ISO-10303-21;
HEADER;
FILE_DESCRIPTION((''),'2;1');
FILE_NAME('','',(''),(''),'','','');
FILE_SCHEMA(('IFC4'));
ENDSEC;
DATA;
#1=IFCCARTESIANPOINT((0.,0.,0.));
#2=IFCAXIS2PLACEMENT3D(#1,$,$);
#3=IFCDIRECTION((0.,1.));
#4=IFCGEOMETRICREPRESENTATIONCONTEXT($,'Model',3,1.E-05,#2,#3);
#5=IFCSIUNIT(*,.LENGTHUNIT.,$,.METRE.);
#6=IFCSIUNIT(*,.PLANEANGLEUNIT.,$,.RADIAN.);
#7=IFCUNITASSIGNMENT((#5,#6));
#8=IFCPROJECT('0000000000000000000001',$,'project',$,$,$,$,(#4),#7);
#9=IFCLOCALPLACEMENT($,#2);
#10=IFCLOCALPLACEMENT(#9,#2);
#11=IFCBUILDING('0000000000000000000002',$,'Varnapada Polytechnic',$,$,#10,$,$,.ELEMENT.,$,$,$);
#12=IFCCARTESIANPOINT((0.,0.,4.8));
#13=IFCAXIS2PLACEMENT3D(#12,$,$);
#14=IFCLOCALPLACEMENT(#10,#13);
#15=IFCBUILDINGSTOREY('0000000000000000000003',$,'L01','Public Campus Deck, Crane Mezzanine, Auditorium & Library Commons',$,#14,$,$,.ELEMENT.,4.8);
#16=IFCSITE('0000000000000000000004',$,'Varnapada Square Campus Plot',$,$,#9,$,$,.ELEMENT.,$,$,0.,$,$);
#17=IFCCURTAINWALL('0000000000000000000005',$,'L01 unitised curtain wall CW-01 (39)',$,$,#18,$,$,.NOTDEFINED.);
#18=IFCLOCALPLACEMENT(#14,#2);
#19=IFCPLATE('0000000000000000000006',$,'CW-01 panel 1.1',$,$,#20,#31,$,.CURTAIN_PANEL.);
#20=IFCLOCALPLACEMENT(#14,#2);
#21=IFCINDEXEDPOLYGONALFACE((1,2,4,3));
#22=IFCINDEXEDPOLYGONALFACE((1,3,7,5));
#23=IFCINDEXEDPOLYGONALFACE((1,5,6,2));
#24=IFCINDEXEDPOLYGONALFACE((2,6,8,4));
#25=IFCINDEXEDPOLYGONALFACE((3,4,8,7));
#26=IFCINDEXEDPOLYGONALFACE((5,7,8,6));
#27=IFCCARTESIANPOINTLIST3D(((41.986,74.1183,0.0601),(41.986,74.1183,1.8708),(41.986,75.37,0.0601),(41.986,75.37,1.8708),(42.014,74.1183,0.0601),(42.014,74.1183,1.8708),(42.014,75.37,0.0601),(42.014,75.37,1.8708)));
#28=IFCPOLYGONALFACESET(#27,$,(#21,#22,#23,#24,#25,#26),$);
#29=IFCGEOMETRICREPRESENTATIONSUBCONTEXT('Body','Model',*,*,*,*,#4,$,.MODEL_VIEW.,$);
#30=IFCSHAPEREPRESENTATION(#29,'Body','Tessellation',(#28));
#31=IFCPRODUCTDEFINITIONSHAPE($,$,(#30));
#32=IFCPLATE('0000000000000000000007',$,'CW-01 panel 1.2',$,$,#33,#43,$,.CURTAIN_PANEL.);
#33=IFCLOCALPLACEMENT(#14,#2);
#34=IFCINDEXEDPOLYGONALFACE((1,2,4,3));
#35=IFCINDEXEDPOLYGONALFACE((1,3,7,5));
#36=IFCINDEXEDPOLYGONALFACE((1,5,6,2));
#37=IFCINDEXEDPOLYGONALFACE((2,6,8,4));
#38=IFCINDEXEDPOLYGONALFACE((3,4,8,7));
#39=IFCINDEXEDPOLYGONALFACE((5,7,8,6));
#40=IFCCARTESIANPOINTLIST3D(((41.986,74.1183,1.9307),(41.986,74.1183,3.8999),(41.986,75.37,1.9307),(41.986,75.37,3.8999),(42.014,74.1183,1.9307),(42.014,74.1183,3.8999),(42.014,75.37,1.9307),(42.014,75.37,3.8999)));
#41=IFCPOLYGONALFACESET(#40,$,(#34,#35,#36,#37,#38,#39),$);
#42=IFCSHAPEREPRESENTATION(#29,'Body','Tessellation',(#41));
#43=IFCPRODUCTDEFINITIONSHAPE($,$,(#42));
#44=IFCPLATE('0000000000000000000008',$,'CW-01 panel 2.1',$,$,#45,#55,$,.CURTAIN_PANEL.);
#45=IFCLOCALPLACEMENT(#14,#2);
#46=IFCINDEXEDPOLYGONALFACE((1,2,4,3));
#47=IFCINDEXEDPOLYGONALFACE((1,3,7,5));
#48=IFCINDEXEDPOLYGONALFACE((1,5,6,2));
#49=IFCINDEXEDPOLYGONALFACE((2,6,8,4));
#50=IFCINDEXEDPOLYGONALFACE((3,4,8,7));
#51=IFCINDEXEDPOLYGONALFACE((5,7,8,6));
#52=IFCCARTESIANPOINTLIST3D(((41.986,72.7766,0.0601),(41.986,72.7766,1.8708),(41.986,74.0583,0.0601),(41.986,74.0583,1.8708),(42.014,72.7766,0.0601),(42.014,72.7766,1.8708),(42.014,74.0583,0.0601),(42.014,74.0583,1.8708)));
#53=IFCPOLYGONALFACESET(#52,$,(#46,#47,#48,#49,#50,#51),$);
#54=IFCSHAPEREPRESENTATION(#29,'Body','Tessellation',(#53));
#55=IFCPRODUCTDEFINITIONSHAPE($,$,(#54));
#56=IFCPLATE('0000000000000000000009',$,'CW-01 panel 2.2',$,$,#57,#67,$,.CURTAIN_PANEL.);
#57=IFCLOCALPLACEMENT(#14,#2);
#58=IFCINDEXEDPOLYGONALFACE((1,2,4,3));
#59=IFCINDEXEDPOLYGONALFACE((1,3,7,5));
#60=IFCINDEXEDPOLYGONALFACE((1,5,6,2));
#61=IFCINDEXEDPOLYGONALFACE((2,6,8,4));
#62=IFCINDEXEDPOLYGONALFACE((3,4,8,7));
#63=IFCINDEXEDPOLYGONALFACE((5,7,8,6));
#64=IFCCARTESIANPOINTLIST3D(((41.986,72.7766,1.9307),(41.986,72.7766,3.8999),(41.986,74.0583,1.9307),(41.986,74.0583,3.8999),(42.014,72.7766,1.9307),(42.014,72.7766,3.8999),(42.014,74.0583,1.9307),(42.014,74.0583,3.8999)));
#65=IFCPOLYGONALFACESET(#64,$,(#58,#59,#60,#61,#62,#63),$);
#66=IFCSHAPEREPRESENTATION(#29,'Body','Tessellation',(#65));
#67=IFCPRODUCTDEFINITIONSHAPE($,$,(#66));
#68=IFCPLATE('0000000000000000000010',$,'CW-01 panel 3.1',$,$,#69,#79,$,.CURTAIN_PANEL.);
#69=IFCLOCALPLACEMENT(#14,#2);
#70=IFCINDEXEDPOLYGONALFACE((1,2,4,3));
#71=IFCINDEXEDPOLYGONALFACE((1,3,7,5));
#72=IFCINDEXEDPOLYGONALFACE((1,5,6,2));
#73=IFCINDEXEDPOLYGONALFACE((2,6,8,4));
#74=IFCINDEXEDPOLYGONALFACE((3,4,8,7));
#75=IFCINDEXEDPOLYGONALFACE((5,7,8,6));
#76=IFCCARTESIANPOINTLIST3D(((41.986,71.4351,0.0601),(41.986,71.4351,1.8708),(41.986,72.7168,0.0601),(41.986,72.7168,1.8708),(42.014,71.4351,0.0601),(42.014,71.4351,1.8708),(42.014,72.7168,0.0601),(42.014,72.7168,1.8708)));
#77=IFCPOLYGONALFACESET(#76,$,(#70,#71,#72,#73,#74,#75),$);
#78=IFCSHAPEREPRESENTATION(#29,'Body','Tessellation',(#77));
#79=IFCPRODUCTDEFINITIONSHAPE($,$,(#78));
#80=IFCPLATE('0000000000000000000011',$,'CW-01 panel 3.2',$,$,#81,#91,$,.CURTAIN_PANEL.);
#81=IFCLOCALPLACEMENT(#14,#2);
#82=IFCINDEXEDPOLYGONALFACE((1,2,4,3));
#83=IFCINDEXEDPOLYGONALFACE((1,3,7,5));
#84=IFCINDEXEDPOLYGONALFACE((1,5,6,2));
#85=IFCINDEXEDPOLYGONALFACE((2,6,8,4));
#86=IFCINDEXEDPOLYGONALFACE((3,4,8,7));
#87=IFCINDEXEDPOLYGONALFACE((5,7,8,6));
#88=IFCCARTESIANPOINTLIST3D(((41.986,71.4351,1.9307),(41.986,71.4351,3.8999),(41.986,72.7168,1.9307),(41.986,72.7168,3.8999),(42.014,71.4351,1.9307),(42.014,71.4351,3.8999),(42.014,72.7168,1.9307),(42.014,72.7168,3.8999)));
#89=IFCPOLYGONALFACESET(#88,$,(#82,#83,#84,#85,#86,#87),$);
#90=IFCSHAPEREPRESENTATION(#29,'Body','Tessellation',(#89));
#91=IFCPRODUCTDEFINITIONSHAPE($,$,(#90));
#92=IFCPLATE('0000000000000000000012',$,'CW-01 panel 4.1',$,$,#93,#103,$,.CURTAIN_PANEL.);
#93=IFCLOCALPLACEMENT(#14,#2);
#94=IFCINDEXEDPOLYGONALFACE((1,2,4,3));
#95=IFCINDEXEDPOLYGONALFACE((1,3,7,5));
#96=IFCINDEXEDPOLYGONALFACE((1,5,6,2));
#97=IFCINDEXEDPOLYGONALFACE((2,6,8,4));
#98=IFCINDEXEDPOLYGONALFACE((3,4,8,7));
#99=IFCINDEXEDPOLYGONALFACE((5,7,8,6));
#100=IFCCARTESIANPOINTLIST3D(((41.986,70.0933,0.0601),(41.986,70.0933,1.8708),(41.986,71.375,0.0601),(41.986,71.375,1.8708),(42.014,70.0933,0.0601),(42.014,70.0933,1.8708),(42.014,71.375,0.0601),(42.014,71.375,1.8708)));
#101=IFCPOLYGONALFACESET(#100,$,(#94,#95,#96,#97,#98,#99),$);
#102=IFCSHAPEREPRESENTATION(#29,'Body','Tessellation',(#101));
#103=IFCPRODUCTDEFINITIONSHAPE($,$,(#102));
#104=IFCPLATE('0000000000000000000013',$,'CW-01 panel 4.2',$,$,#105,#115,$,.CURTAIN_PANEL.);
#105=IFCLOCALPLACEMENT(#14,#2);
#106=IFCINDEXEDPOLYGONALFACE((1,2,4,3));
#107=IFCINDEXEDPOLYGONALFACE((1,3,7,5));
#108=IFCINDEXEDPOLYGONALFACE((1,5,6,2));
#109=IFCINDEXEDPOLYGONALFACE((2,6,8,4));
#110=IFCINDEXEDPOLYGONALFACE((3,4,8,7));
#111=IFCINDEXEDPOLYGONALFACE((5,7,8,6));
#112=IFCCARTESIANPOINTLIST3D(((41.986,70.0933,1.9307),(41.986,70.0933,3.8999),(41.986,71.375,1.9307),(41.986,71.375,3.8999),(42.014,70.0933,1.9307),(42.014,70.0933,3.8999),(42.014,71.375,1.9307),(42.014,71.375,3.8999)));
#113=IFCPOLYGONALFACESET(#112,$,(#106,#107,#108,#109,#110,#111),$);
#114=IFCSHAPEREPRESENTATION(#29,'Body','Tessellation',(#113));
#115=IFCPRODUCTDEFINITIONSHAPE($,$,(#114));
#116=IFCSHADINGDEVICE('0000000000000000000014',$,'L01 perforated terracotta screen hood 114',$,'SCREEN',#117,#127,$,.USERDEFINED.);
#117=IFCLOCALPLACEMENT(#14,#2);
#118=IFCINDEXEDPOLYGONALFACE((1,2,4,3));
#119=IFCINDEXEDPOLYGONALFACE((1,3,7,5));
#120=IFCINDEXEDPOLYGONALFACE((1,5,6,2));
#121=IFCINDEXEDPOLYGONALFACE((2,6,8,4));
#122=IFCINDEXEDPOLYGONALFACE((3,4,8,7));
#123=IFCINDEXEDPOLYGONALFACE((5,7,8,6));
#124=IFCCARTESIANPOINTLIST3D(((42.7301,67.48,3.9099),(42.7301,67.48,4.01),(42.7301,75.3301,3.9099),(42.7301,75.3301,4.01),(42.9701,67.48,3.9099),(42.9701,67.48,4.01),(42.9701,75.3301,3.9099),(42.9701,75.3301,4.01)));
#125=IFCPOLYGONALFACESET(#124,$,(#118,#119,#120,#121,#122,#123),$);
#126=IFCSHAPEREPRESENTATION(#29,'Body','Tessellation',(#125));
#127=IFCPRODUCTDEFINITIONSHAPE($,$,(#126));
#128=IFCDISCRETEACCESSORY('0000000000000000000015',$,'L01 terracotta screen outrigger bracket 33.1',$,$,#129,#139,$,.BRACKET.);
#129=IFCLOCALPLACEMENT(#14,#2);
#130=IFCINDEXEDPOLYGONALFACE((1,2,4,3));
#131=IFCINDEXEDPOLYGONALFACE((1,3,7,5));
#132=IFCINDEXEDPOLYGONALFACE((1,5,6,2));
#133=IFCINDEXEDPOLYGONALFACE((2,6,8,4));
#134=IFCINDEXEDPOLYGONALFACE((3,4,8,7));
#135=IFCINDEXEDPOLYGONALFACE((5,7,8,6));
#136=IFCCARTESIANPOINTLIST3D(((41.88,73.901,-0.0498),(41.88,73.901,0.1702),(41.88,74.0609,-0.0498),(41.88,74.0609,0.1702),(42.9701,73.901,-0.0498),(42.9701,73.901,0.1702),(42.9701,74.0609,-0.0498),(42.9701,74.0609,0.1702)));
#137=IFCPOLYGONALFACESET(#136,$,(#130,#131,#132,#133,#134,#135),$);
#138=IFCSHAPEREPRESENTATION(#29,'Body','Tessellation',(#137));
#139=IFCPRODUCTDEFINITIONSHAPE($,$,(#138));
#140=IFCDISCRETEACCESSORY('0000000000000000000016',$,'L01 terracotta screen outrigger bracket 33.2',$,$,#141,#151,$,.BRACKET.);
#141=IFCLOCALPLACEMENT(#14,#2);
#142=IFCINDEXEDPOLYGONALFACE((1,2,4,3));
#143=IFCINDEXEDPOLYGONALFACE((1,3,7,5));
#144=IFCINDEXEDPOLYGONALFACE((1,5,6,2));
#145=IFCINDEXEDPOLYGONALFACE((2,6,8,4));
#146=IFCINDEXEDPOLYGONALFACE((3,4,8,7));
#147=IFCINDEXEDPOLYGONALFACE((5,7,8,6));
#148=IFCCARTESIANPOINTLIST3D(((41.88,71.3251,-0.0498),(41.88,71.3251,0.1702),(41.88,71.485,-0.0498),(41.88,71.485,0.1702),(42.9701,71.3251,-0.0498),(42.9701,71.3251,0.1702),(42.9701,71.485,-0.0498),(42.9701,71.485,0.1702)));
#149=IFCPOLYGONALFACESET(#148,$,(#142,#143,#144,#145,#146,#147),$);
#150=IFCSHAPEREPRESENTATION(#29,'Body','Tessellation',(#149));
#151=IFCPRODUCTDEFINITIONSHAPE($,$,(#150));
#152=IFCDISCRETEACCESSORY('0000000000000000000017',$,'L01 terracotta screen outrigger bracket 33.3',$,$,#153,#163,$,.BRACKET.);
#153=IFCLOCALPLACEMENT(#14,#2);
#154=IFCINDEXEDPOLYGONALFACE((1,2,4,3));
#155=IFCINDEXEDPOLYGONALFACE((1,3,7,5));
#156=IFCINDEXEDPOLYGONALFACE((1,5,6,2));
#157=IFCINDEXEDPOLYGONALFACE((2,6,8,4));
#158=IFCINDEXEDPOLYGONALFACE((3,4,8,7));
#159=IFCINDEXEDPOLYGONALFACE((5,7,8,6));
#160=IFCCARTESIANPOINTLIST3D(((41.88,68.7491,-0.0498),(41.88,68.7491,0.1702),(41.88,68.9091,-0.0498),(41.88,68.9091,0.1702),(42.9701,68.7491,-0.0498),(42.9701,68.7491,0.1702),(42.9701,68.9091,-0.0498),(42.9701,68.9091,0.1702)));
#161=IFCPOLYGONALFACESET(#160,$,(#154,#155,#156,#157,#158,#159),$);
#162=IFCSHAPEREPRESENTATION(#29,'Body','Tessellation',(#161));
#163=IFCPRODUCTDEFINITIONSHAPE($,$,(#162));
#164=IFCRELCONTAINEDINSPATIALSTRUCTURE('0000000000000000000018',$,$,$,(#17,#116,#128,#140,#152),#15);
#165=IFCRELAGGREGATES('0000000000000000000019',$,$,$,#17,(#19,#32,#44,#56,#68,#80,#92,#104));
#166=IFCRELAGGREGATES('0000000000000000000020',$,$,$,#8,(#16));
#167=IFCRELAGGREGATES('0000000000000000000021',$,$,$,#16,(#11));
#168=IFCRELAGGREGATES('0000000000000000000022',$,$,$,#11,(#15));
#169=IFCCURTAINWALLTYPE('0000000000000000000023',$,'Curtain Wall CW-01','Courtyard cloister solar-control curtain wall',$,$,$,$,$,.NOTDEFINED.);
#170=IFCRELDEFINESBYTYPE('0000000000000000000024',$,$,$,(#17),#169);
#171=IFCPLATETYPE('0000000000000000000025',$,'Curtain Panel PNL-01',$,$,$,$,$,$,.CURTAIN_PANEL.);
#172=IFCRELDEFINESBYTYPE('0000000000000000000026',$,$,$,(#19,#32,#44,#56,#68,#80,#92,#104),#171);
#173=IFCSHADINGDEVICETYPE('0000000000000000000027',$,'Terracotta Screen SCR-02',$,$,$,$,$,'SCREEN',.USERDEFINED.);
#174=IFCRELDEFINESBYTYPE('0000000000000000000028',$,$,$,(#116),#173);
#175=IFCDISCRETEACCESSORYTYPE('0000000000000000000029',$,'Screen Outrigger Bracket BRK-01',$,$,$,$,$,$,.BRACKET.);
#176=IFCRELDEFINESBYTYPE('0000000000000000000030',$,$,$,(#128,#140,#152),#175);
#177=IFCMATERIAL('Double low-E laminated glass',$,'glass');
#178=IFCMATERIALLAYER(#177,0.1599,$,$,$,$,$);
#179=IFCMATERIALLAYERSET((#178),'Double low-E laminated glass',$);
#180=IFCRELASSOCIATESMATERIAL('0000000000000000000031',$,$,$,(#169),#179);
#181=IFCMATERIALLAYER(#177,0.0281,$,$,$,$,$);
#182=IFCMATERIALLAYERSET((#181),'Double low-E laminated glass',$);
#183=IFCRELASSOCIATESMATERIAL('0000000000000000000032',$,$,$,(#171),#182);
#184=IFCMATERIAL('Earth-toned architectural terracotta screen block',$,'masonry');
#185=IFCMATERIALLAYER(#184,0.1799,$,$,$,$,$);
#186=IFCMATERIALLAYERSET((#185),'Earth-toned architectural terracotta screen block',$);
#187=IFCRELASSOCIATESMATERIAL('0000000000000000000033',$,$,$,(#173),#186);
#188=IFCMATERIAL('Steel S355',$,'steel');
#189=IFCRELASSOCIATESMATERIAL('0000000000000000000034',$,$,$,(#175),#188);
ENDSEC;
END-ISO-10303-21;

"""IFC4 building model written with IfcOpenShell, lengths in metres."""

from ifc_helpers import new_model, si_unit, direction, frame, origin, origin_2d, place, context, subcontext, project, spatial, rectangle, extrude, material, layer, layer_set, type_object, element, aggregate, save


model = new_model("IFC4")

# Units and contexts
model_context = context("Model", 3, precision=1e-05, world=origin(), true_north=direction((0.0, 1.0)))
body_context = subcontext(model_context, "Body", "Model", "MODEL_VIEW")
ifc_project = project(units=[si_unit("LENGTHUNIT", "METRE"), si_unit("PLANEANGLEUNIT", "RADIAN")], contexts=[model_context])

# Site, building, storey
site_placement = place(None, origin())
site = spatial("IfcSite", under=ifc_project, at=site_placement, Name="Varnapada Square Campus Plot", CompositionType="ELEMENT", RefElevation=0.0)
building_placement = place(site_placement, origin())
building = spatial("IfcBuilding", under=site, at=building_placement, Name="Varnapada Polytechnic", CompositionType="ELEMENT")
storey_placement = place(building_placement, frame((0.0, 0.0, 4.8)))
storey = spatial("IfcBuildingStorey", under=building, at=storey_placement, Name="L01", Description="Public Campus Deck, Crane Mezzanine, Auditorium & Library Commons", CompositionType="ELEMENT", Elevation=4.8)

# Curtain wall, plates
ifc_material_1 = material(Name="Double low-E laminated glass", Category="glass")
ifc_layer_1 = layer(ifc_material_1, 0.1599)
ifc_layer_set_1 = layer_set([ifc_layer_1], Name="Double low-E laminated glass")
curtain_wall_type = type_object("IfcCurtainWallType", Name="Curtain Wall CW-01", Description="Courtyard cloister solar-control curtain wall", PredefinedType="NOTDEFINED", material=ifc_layer_set_1)
curtain_wall_placement = place(storey_placement, origin())
curtain_wall = element("IfcCurtainWall", 1, at=curtain_wall_placement, inside=storey, type_object=curtain_wall_type, Name="L01 unitised curtain wall CW-01 (39)", PredefinedType="NOTDEFINED")
ifc_layer_2 = layer(ifc_material_1, 0.0281)
ifc_layer_set_2 = layer_set([ifc_layer_2], Name="Double low-E laminated glass")
plate_type = type_object("IfcPlateType", Name="Curtain Panel PNL-01", PredefinedType="CURTAIN_PANEL", material=ifc_layer_set_2)
plate_1_placement = place(storey_placement, frame((42.0, 74.7441, 0.0601), z_axis=(0.0, 0.0, 1.0), x_axis=(0.0, -1.0, 0.0)))
plate_1 = element("IfcPlate", 2, at=plate_1_placement, type_object=plate_type, Name="CW-01 panel 1.1", PredefinedType="CURTAIN_PANEL", context=body_context, shape_type="SweptSolid", body=[
    extrude(rectangle(XDim=1.2517, YDim=0.0281, at=origin_2d()), origin(), (0.0, 0.0, 1.0), 1.8108),
])
plate_2_placement = place(storey_placement, frame((42.0, 74.7441, 1.9307), z_axis=(0.0, 0.0, 1.0), x_axis=(0.0, -1.0, 0.0)))
plate_2 = element("IfcPlate", 3, at=plate_2_placement, type_object=plate_type, Name="CW-01 panel 1.2", PredefinedType="CURTAIN_PANEL", context=body_context, shape_type="SweptSolid", body=[
    extrude(rectangle(XDim=1.2517, YDim=0.0281, at=origin_2d()), origin(), (0.0, 0.0, 1.0), 1.9692),
])
plate_3_placement = place(storey_placement, frame((42.0, 73.4175, 0.0601), z_axis=(0.0, 0.0, 1.0), x_axis=(0.0, -1.0, 0.0)))
plate_3 = element("IfcPlate", 4, at=plate_3_placement, type_object=plate_type, Name="CW-01 panel 2.1", PredefinedType="CURTAIN_PANEL", context=body_context, shape_type="SweptSolid", body=[
    extrude(rectangle(XDim=1.2817, YDim=0.0281, at=origin_2d()), origin(), (0.0, 0.0, 1.0), 1.8108),
])
plate_4_placement = place(storey_placement, frame((42.0, 73.4175, 1.9307), z_axis=(0.0, 0.0, 1.0), x_axis=(0.0, -1.0, 0.0)))
plate_4 = element("IfcPlate", 5, at=plate_4_placement, type_object=plate_type, Name="CW-01 panel 2.2", PredefinedType="CURTAIN_PANEL", context=body_context, shape_type="SweptSolid", body=[
    extrude(rectangle(XDim=1.2817, YDim=0.0281, at=origin_2d()), origin(), (0.0, 0.0, 1.0), 1.9692),
])
plate_5_placement = place(storey_placement, frame((42.0, 72.0759, 0.0601), z_axis=(0.0, 0.0, 1.0), x_axis=(0.0, -1.0, 0.0)))
plate_5 = element("IfcPlate", 6, at=plate_5_placement, type_object=plate_type, Name="CW-01 panel 3.1", PredefinedType="CURTAIN_PANEL", context=body_context, shape_type="SweptSolid", body=[
    extrude(rectangle(XDim=1.2817, YDim=0.0281, at=origin_2d()), origin(), (0.0, 0.0, 1.0), 1.8108),
])
plate_6_placement = place(storey_placement, frame((42.0, 72.0759, 1.9307), z_axis=(0.0, 0.0, 1.0), x_axis=(0.0, -1.0, 0.0)))
plate_6 = element("IfcPlate", 7, at=plate_6_placement, type_object=plate_type, Name="CW-01 panel 3.2", PredefinedType="CURTAIN_PANEL", context=body_context, shape_type="SweptSolid", body=[
    extrude(rectangle(XDim=1.2817, YDim=0.0281, at=origin_2d()), origin(), (0.0, 0.0, 1.0), 1.9692),
])
plate_7_placement = place(storey_placement, frame((42.0, 70.7341, 0.0601), z_axis=(0.0, 0.0, 1.0), x_axis=(0.0, -1.0, 0.0)))
plate_7 = element("IfcPlate", 8, at=plate_7_placement, type_object=plate_type, Name="CW-01 panel 4.1", PredefinedType="CURTAIN_PANEL", context=body_context, shape_type="SweptSolid", body=[
    extrude(rectangle(XDim=1.2817, YDim=0.0281, at=origin_2d()), origin(), (0.0, 0.0, 1.0), 1.8108),
])
plate_8_placement = place(storey_placement, frame((42.0, 70.7341, 1.9307), z_axis=(0.0, 0.0, 1.0), x_axis=(0.0, -1.0, 0.0)))
plate_8 = element("IfcPlate", 9, at=plate_8_placement, type_object=plate_type, Name="CW-01 panel 4.2", PredefinedType="CURTAIN_PANEL", context=body_context, shape_type="SweptSolid", body=[
    extrude(rectangle(XDim=1.2817, YDim=0.0281, at=origin_2d()), origin(), (0.0, 0.0, 1.0), 1.9692),
])
aggregate(curtain_wall, [plate_1, plate_2, plate_3, plate_4, plate_5, plate_6, plate_7, plate_8])

# Shading device
ifc_material_2 = material(Name="Earth-toned architectural terracotta screen block", Category="masonry")
ifc_layer_3 = layer(ifc_material_2, 0.1799)
ifc_layer_set_3 = layer_set([ifc_layer_3], Name="Earth-toned architectural terracotta screen block")
shading_device_type = type_object("IfcShadingDeviceType", Name="Terracotta Screen SCR-02", ElementType="SCREEN", PredefinedType="USERDEFINED", material=ifc_layer_set_3)
shading_device_placement = place(storey_placement, frame((42.8501, 71.405, 3.9099), z_axis=(0.0, 0.0, 1.0), x_axis=(0.0, -1.0, 0.0)))
element("IfcShadingDevice", 10, at=shading_device_placement, inside=storey, type_object=shading_device_type, Name="L01 perforated terracotta screen hood 114", ObjectType="SCREEN", PredefinedType="USERDEFINED", context=body_context, shape_type="SweptSolid", body=[
    extrude(rectangle(XDim=7.8501, YDim=0.24, at=origin_2d()), origin(), (0.0, 0.0, 1.0), 0.1001),
])

# Discrete accessories
ifc_material_3 = material(Name="Steel S355", Category="steel")
discrete_accessory_type = type_object("IfcDiscreteAccessoryType", Name="Screen Outrigger Bracket BRK-01", PredefinedType="BRACKET", material=ifc_material_3)
for number, where, z_axis, x_axis, name in (
    (11, (42.425, 73.981, -0.0498), (0.0, 0.0, 1.0), (0.0, -1.0, 0.0), "L01 terracotta screen outrigger bracket 33.1"),
    (12, (42.425, 71.405, -0.0498), (0.0, 0.0, 1.0), (0.0, -1.0, 0.0), "L01 terracotta screen outrigger bracket 33.2"),
    (13, (42.425, 68.8291, -0.0498), (0.0, 0.0, 1.0), (0.0, -1.0, 0.0), "L01 terracotta screen outrigger bracket 33.3"),
):
    element("IfcDiscreteAccessory", number, at=place(storey_placement, frame(where, z_axis=z_axis, x_axis=x_axis)), inside=storey, type_object=discrete_accessory_type, Name=name, PredefinedType="BRACKET", context=body_context, shape_type="SweptSolid", body=[
        extrude(rectangle(XDim=0.1599, YDim=1.0901, at=origin_2d()), origin(), (0.0, 0.0, 1.0), 0.22),
    ])

save(model, "model.ifc")
